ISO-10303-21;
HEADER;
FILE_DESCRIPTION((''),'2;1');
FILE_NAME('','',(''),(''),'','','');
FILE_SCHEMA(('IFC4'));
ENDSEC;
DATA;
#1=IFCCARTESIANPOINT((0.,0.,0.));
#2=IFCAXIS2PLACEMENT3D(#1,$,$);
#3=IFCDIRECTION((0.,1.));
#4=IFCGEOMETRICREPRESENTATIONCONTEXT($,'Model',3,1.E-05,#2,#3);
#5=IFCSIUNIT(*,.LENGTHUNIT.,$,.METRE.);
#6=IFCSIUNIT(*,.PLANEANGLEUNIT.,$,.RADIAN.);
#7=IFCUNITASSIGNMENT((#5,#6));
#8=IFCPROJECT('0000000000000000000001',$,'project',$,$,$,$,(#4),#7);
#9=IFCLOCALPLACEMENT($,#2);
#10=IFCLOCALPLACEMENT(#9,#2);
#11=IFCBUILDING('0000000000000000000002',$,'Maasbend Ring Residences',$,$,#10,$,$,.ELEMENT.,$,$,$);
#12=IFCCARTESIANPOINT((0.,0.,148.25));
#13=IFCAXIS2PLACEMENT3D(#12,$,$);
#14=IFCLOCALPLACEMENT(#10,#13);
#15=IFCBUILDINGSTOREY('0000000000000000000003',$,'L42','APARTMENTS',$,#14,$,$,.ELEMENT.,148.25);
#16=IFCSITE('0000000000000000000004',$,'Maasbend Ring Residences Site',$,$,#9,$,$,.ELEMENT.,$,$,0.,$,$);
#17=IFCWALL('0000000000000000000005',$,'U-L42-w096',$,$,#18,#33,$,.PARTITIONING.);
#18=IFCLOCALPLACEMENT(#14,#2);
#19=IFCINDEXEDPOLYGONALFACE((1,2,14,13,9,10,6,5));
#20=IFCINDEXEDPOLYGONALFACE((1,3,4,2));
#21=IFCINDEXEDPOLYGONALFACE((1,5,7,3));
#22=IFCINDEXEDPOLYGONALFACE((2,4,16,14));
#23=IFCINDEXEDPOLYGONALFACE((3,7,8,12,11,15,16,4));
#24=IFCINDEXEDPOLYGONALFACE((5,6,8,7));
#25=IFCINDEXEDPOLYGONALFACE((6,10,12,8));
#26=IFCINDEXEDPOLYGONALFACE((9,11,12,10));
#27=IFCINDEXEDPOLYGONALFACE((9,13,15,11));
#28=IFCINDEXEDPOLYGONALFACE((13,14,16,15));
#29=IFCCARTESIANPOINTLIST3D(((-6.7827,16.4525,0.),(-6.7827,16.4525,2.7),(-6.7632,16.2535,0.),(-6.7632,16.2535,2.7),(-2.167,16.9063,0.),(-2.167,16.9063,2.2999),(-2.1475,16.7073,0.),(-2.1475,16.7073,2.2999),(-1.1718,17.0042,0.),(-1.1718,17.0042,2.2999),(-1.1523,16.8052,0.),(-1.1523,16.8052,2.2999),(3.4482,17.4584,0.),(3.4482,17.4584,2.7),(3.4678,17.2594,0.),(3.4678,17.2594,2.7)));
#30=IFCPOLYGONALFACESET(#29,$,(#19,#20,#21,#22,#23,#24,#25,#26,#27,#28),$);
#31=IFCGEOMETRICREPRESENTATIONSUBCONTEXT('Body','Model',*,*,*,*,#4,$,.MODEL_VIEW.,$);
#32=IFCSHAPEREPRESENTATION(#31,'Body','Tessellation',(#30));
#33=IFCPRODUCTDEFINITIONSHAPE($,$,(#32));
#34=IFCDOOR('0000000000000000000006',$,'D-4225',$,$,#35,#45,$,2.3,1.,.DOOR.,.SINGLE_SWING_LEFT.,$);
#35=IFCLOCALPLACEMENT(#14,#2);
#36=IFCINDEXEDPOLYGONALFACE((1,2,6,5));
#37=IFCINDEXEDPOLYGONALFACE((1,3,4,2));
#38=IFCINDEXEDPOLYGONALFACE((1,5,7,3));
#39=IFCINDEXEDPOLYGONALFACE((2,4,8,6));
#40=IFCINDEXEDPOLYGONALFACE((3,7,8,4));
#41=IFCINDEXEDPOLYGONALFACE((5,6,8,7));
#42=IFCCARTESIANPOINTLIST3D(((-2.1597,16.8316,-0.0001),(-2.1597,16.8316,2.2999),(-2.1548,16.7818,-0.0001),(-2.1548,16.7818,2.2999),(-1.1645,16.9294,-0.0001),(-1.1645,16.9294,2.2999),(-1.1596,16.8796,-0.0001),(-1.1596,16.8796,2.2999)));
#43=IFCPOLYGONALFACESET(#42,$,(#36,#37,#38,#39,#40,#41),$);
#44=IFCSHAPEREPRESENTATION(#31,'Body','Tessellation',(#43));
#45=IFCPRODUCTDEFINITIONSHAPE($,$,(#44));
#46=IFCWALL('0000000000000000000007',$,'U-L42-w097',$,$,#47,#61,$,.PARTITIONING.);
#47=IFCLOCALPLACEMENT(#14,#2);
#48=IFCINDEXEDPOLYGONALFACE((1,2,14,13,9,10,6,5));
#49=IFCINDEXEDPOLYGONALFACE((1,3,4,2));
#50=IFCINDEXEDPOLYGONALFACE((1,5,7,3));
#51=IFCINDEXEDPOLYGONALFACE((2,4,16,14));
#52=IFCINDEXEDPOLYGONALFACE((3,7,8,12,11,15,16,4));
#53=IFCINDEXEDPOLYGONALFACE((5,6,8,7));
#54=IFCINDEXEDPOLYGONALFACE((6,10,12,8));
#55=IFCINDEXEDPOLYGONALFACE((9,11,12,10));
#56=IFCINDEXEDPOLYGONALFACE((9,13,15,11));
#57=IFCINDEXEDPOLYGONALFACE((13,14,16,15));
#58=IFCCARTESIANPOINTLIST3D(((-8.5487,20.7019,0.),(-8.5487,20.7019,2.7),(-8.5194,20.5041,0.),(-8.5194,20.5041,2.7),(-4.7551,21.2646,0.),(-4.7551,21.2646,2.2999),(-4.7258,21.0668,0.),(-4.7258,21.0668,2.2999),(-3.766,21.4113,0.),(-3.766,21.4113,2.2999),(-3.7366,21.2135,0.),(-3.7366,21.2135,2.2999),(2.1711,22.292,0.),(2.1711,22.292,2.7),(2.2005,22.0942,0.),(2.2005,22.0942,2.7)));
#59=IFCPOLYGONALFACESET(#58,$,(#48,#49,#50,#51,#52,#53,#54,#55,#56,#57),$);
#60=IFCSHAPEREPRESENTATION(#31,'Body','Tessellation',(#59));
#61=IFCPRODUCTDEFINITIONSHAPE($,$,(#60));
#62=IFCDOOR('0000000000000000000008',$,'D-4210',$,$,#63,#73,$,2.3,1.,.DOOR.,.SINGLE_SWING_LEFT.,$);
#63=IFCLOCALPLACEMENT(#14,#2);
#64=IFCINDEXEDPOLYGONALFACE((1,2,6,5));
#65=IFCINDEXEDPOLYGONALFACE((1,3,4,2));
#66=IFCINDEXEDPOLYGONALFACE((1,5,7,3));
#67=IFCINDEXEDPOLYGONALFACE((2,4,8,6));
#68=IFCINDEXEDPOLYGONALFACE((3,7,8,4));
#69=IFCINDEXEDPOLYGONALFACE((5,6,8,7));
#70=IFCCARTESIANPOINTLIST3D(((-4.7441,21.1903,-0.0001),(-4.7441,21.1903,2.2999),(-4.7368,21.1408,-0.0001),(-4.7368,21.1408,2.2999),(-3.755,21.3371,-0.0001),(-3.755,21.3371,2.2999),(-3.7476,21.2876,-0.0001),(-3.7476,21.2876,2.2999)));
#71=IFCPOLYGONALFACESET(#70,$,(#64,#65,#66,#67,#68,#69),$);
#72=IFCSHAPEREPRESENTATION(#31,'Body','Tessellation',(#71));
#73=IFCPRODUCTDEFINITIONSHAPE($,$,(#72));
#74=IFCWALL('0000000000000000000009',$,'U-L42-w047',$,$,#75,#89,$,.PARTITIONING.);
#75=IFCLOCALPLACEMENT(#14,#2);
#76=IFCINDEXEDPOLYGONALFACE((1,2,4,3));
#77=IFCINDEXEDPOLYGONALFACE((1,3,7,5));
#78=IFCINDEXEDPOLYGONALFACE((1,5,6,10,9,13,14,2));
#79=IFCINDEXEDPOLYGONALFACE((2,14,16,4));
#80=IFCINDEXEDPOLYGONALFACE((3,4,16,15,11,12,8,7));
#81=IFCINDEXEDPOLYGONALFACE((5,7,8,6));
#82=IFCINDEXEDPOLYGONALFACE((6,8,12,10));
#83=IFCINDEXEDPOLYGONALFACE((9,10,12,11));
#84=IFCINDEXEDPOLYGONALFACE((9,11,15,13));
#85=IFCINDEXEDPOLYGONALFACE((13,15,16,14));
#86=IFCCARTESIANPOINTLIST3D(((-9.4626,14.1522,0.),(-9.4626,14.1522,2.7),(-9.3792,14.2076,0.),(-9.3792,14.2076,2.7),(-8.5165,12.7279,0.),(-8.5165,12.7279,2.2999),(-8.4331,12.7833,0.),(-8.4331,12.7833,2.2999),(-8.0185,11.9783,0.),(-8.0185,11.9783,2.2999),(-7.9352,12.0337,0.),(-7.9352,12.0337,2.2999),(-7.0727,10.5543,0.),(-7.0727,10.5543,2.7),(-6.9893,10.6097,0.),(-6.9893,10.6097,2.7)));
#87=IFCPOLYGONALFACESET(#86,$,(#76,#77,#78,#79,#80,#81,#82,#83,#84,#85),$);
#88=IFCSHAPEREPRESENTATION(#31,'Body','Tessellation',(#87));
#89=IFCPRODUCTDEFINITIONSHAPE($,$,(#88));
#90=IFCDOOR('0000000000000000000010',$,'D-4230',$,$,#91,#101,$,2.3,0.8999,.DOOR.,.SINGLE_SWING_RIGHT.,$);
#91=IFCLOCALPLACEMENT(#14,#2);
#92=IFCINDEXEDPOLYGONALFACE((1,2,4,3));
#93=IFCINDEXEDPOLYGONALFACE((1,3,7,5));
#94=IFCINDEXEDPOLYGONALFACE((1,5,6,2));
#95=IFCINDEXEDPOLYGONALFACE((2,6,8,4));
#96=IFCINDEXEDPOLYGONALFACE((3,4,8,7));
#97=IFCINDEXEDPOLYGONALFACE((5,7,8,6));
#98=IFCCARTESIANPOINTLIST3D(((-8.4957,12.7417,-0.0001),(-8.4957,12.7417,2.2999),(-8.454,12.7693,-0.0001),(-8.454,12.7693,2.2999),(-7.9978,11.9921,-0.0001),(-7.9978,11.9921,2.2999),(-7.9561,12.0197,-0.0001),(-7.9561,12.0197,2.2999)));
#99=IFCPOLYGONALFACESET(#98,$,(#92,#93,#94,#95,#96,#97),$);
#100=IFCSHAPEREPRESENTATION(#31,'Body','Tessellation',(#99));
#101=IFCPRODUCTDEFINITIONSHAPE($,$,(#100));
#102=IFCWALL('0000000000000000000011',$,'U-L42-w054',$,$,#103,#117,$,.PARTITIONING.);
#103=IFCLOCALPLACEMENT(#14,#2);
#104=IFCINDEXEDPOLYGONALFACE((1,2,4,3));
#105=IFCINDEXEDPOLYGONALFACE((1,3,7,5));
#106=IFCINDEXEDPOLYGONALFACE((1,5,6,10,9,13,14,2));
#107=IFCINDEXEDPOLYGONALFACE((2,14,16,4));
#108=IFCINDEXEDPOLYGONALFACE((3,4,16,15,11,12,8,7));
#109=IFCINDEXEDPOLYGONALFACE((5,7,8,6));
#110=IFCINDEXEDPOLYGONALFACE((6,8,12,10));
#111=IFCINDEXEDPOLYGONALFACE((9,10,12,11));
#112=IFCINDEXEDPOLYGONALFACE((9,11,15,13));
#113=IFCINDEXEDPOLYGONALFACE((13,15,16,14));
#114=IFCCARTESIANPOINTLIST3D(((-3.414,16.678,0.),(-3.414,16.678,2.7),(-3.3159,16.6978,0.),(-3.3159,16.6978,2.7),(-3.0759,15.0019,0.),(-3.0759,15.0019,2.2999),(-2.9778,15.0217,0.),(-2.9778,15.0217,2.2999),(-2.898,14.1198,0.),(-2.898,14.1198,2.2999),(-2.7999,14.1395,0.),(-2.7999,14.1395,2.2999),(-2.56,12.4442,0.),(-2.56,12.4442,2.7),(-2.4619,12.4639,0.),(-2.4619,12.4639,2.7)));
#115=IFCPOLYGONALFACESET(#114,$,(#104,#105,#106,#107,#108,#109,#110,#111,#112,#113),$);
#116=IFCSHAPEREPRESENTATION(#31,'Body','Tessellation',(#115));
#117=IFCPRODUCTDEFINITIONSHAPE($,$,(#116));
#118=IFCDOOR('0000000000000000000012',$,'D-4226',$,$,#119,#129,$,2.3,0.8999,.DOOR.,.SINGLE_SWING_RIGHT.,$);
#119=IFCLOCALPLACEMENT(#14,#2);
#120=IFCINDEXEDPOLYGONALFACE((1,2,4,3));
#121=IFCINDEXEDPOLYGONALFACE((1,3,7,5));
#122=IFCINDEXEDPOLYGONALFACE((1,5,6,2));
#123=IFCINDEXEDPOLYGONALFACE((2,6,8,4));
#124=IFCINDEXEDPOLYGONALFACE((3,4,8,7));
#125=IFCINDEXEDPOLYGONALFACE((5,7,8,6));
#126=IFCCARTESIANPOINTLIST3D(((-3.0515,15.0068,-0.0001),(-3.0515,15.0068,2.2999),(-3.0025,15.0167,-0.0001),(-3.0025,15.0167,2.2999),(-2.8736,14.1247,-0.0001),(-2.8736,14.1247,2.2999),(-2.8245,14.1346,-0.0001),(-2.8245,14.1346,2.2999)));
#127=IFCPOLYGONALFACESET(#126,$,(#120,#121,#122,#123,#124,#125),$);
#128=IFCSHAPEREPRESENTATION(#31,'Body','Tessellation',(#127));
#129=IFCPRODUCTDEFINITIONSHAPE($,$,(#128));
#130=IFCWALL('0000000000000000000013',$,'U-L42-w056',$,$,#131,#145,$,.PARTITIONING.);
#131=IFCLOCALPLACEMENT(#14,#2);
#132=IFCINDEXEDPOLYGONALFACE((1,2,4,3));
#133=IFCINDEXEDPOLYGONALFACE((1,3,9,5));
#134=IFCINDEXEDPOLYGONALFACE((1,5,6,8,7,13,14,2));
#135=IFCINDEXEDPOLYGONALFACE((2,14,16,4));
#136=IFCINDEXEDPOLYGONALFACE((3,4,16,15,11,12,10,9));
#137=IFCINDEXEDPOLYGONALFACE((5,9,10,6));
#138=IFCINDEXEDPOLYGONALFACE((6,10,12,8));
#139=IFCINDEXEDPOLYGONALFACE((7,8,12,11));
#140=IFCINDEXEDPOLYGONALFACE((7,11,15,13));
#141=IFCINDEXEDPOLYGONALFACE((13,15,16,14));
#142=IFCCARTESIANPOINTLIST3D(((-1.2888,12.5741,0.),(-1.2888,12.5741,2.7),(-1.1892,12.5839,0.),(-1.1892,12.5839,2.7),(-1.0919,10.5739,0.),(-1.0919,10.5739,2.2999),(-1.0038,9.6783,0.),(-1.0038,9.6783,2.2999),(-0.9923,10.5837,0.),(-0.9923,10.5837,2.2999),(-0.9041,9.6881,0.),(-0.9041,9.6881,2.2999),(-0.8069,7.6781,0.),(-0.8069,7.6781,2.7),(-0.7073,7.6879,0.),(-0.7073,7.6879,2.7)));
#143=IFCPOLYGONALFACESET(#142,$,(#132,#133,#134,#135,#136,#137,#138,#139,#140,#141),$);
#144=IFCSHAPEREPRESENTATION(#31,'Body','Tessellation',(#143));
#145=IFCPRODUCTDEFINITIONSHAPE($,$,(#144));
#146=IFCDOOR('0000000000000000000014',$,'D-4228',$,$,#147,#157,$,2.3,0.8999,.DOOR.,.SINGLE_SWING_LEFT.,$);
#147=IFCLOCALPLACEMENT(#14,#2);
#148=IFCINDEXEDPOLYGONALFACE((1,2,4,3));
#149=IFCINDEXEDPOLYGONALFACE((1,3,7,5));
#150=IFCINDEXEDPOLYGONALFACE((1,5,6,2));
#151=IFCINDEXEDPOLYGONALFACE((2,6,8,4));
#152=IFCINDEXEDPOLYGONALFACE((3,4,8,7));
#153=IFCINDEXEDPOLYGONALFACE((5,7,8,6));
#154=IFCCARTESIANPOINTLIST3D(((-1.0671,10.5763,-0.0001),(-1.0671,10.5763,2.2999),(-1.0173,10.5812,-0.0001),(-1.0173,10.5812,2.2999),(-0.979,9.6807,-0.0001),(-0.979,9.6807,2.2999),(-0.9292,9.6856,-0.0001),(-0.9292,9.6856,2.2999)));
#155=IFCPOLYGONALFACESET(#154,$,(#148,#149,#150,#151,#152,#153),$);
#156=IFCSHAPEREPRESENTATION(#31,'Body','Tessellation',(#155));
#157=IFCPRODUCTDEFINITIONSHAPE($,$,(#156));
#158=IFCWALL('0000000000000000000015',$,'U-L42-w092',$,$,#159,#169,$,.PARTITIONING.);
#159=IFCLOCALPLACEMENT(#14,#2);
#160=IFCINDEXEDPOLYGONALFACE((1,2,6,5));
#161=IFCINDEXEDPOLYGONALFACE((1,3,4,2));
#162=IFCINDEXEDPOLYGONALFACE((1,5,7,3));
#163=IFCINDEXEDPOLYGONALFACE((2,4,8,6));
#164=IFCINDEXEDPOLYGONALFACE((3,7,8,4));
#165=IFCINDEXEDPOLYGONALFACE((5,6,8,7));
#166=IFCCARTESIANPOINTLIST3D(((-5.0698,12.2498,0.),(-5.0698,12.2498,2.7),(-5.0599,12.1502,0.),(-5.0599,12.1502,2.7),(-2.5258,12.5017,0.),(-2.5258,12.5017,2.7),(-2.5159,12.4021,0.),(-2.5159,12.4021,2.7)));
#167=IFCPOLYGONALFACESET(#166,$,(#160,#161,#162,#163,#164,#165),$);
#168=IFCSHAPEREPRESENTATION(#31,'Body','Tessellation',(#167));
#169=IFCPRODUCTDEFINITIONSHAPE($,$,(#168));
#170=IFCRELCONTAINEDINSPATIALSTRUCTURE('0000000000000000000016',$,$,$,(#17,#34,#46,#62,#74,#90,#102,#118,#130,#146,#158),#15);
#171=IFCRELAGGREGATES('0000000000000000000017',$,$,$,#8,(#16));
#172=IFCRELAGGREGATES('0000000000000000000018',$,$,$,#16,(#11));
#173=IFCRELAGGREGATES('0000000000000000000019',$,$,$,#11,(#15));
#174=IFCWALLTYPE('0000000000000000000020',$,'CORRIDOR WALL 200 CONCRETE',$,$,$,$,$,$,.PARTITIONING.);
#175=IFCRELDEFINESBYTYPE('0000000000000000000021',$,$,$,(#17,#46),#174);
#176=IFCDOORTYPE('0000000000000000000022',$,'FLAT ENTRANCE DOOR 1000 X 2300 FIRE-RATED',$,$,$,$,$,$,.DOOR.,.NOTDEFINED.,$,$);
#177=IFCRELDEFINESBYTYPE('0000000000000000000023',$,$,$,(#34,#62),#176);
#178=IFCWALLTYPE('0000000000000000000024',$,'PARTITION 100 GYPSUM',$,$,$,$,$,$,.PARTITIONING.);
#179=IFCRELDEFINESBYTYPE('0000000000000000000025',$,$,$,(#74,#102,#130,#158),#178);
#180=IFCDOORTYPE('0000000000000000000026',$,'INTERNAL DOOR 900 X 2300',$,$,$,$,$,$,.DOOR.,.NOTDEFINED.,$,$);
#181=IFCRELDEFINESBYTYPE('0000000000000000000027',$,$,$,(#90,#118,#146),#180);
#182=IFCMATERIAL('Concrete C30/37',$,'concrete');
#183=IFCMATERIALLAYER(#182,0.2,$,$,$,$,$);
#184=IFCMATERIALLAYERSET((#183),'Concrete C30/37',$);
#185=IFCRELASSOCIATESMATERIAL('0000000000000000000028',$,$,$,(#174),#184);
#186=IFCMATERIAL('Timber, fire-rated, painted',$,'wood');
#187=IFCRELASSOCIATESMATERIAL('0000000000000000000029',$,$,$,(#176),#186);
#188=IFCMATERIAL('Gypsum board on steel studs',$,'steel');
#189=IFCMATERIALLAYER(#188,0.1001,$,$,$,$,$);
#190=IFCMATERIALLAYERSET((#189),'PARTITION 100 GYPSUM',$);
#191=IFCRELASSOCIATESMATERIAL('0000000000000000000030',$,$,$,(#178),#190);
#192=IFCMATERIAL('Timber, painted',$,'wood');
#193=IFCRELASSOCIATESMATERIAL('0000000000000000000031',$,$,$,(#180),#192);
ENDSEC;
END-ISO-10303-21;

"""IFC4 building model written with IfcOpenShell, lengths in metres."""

from ifc_helpers import new_model, si_unit, direction, frame, frame_2d, origin, place, context, subcontext, project, spatial, rectangle, extrude, material, layer, layer_set, type_object, element, fill, save


model = new_model("IFC4")

# Units and contexts
model_context = context("Model", 3, precision=1e-05, world=origin(), true_north=direction((0.0, 1.0)))
body_context = subcontext(model_context, "Body", "Model", "MODEL_VIEW")
ifc_project = project(units=[si_unit("LENGTHUNIT", "METRE"), si_unit("PLANEANGLEUNIT", "RADIAN")], contexts=[model_context])

# Site, building, storey
site_placement = place(None, origin())
site = spatial("IfcSite", under=ifc_project, at=site_placement, Name="Maasbend Ring Residences Site", CompositionType="ELEMENT", RefElevation=0.0)
building_placement = place(site_placement, origin())
building = spatial("IfcBuilding", under=site, at=building_placement, Name="Maasbend Ring Residences", CompositionType="ELEMENT")
storey_placement = place(building_placement, frame((0.0, 0.0, 148.25)))
storey = spatial("IfcBuildingStorey", under=building, at=storey_placement, Name="L42", Description="APARTMENTS", CompositionType="ELEMENT", Elevation=148.25)

# Walls, openings, doors
ifc_material_1 = material(Name="Concrete C30/37", Category="concrete")
ifc_layer_1 = layer(ifc_material_1, 0.2)
ifc_layer_set_1 = layer_set([ifc_layer_1], Name="Concrete C30/37")
wall_type_1 = type_object("IfcWallType", Name="CORRIDOR WALL 200 CONCRETE", PredefinedType="PARTITIONING", material=ifc_layer_set_1)
wall_1_placement = place(storey_placement, frame((-6.7729, 16.353, 0.0), z_axis=(0.0, 0.0, 1.0), x_axis=(0.995202, 0.097844, 0.0)))
wall_1 = element("IfcWall", 1, at=wall_1_placement, inside=storey, type_object=wall_type_1, Name="U-L42-w096", PredefinedType="PARTITIONING", context=body_context, shape_type="SweptSolid", body=[
    extrude(rectangle(XDim=10.2803, YDim=0.2, at=frame_2d((5.1401, 0.0))), origin(), (0.0, 0.0, 1.0), 2.7),
])
opening_1_placement = place(wall_1_placement, frame((4.6379, 0.0, 0.0)))
opening_1 = element("IfcOpeningElement", 2, at=opening_1_placement, cuts=wall_1, PredefinedType="OPENING", context=body_context, shape_type="SweptSolid", body=[
    extrude(rectangle(XDim=1.0, YDim=2.3, at=frame_2d((0.5, 1.1499))), frame((0.0, 0.1099, 0.0), z_axis=(0.0, -1.0, 0.0), x_axis=(1.0, 0.0, 0.0)), (0.0, 0.0, 1.0), 0.22),
])
ifc_material_2 = material(Name="Timber, fire-rated, painted", Category="wood")
door_type_1 = type_object("IfcDoorType", Name="FLAT ENTRANCE DOOR 1000 X 2300 FIRE-RATED", OperationType="NOTDEFINED", PredefinedType="DOOR", material=ifc_material_2)
door_1_placement = place(opening_1_placement, origin())
door_1 = element("IfcDoor", 3, at=door_1_placement, inside=storey, type_object=door_type_1, Name="D-4225", OperationType="SINGLE_SWING_LEFT", OverallHeight=2.3, OverallWidth=1.0, PredefinedType="DOOR", context=body_context, shape_type="SweptSolid", body=[
    extrude(rectangle(XDim=1.0, YDim=2.3, at=frame_2d((0.5, 1.1499))), frame((0.0, 0.0249, 0.0), z_axis=(0.0, -1.0, 0.0), x_axis=(1.0, 0.0, 0.0)), (0.0, 0.0, 1.0), 0.05),
])
fill(opening_1, door_1)
wall_2_placement = place(storey_placement, frame((-8.5339, 20.603, 0.0), z_axis=(0.0, 0.0, 1.0), x_axis=(0.989177, 0.146724, 0.0)))
wall_2 = element("IfcWall", 4, at=wall_2_placement, inside=storey, type_object=wall_type_1, Name="U-L42-w097", PredefinedType="PARTITIONING", context=body_context, shape_type="SweptSolid", body=[
    extrude(rectangle(XDim=10.8372, YDim=0.2, at=frame_2d((5.4185, 0.0))), origin(), (0.0, 0.0, 1.0), 2.7),
])
opening_2_placement = place(wall_2_placement, frame((3.835, 0.0, 0.0)))
opening_2 = element("IfcOpeningElement", 5, at=opening_2_placement, cuts=wall_2, PredefinedType="OPENING", context=body_context, shape_type="SweptSolid", body=[
    extrude(rectangle(XDim=1.0, YDim=2.3, at=frame_2d((0.5, 1.1499))), frame((0.0, 0.1099, 0.0), z_axis=(0.0, -1.0, 0.0), x_axis=(1.0, 0.0, 0.0)), (0.0, 0.0, 1.0), 0.22),
])
door_2_placement = place(opening_2_placement, origin())
door_2 = element("IfcDoor", 6, at=door_2_placement, inside=storey, type_object=door_type_1, Name="D-4210", OperationType="SINGLE_SWING_LEFT", OverallHeight=2.3, OverallWidth=1.0, PredefinedType="DOOR", context=body_context, shape_type="SweptSolid", body=[
    extrude(rectangle(XDim=1.0, YDim=2.3, at=frame_2d((0.5, 1.1499))), frame((0.0, 0.0249, 0.0), z_axis=(0.0, -1.0, 0.0), x_axis=(1.0, 0.0, 0.0)), (0.0, 0.0, 1.0), 0.05),
])
fill(opening_2, door_2)
ifc_material_3 = material(Name="Gypsum board on steel studs", Category="steel")
ifc_layer_2 = layer(ifc_material_3, 0.1001)
ifc_layer_set_2 = layer_set([ifc_layer_2], Name="PARTITION 100 GYPSUM")
wall_type_2 = type_object("IfcWallType", Name="PARTITION 100 GYPSUM", PredefinedType="PARTITIONING", material=ifc_layer_set_2)
wall_3_placement = place(storey_placement, frame((-9.4209, 14.1799, 0.0), z_axis=(0.0, 0.0, 1.0), x_axis=(0.553304, -0.83298, 0.0)))
wall_3 = element("IfcWall", 7, at=wall_3_placement, inside=storey, type_object=wall_type_2, Name="U-L42-w047", PredefinedType="PARTITIONING", context=body_context, shape_type="SweptSolid", body=[
    extrude(rectangle(XDim=4.3193, YDim=0.1001, at=frame_2d((2.1597, 0.0))), origin(), (0.0, 0.0, 1.0), 2.7),
])
opening_3_placement = place(wall_3_placement, frame((1.71, 0.0, 0.0)))
opening_3 = element("IfcOpeningElement", 8, at=opening_3_placement, cuts=wall_3, PredefinedType="OPENING", context=body_context, shape_type="SweptSolid", body=[
    extrude(rectangle(XDim=0.8999, YDim=2.3, at=frame_2d((0.45, 1.1499))), frame((0.0, 0.0601, 0.0), z_axis=(0.0, -1.0, 0.0), x_axis=(1.0, 0.0, 0.0)), (0.0, 0.0, 1.0), 0.1201),
])
ifc_material_4 = material(Name="Timber, painted", Category="wood")
door_type_2 = type_object("IfcDoorType", Name="INTERNAL DOOR 900 X 2300", OperationType="NOTDEFINED", PredefinedType="DOOR", material=ifc_material_4)
door_3_placement = place(opening_3_placement, origin())
door_3 = element("IfcDoor", 9, at=door_3_placement, inside=storey, type_object=door_type_2, Name="D-4230", OperationType="SINGLE_SWING_RIGHT", OverallHeight=2.3, OverallWidth=0.8999, PredefinedType="DOOR", context=body_context, shape_type="SweptSolid", body=[
    extrude(rectangle(XDim=0.8999, YDim=2.3, at=frame_2d((0.45, 1.1499))), frame((0.0, 0.0249, 0.0), z_axis=(0.0, -1.0, 0.0), x_axis=(1.0, 0.0, 0.0)), (0.0, 0.0, 1.0), 0.05),
])
fill(opening_3, door_3)
wall_4_placement = place(storey_placement, frame((-3.365, 16.688, 0.0), z_axis=(0.0, 0.0, 1.0), x_axis=(0.197725, -0.980258, 0.0)))
wall_4 = element("IfcWall", 10, at=wall_4_placement, inside=storey, type_object=wall_type_2, Name="U-L42-w054", PredefinedType="PARTITIONING", context=body_context, shape_type="SweptSolid", body=[
    extrude(rectangle(XDim=4.3191, YDim=0.1001, at=frame_2d((2.1597, 0.0))), origin(), (0.0, 0.0, 1.0), 2.7),
])
opening_4_placement = place(wall_4_placement, frame((1.71, 0.0, 0.0)))
opening_4 = element("IfcOpeningElement", 11, at=opening_4_placement, cuts=wall_4, PredefinedType="OPENING", context=body_context, shape_type="SweptSolid", body=[
    extrude(rectangle(XDim=0.8999, YDim=2.3, at=frame_2d((0.45, 1.1499))), frame((0.0, 0.0601, 0.0), z_axis=(0.0, -1.0, 0.0), x_axis=(1.0, 0.0, 0.0)), (0.0, 0.0, 1.0), 0.1201),
])
door_4_placement = place(opening_4_placement, origin())
door_4 = element("IfcDoor", 12, at=door_4_placement, inside=storey, type_object=door_type_2, Name="D-4226", OperationType="SINGLE_SWING_RIGHT", OverallHeight=2.3, OverallWidth=0.8999, PredefinedType="DOOR", context=body_context, shape_type="SweptSolid", body=[
    extrude(rectangle(XDim=0.8999, YDim=2.3, at=frame_2d((0.45, 1.1499))), frame((0.0, 0.0249, 0.0), z_axis=(0.0, -1.0, 0.0), x_axis=(1.0, 0.0, 0.0)), (0.0, 0.0, 1.0), 0.05),
])
fill(opening_4, door_4)
wall_5_placement = place(storey_placement, frame((-1.239, 12.5791, 0.0), z_axis=(0.0, 0.0, 1.0), x_axis=(0.097961, -0.99519, 0.0)))
wall_5 = element("IfcWall", 13, at=wall_5_placement, inside=storey, type_object=wall_type_2, Name="U-L42-w056", PredefinedType="PARTITIONING", context=body_context, shape_type="SweptSolid", body=[
    extrude(rectangle(XDim=4.9197, YDim=0.1001, at=frame_2d((2.46, 0.0))), origin(), (0.0, 0.0, 1.0), 2.7),
])
opening_5_placement = place(wall_5_placement, frame((2.01, 0.0, 0.0)))
opening_5 = element("IfcOpeningElement", 14, at=opening_5_placement, cuts=wall_5, PredefinedType="OPENING", context=body_context, shape_type="SweptSolid", body=[
    extrude(rectangle(XDim=0.8999, YDim=2.3, at=frame_2d((0.45, 1.1499))), frame((0.0, 0.0601, 0.0), z_axis=(0.0, -1.0, 0.0), x_axis=(1.0, 0.0, 0.0)), (0.0, 0.0, 1.0), 0.1201),
])
door_5_placement = place(opening_5_placement, origin())
door_5 = element("IfcDoor", 15, at=door_5_placement, inside=storey, type_object=door_type_2, Name="D-4228", OperationType="SINGLE_SWING_LEFT", OverallHeight=2.3, OverallWidth=0.8999, PredefinedType="DOOR", context=body_context, shape_type="SweptSolid", body=[
    extrude(rectangle(XDim=0.8999, YDim=2.3, at=frame_2d((0.45, 1.1499))), frame((0.0, 0.0249, 0.0), z_axis=(0.0, -1.0, 0.0), x_axis=(1.0, 0.0, 0.0)), (0.0, 0.0, 1.0), 0.05),
])
fill(opening_5, door_5)

# Wall
wall_6_placement = place(storey_placement, frame((-5.0649, 12.2, 0.0), z_axis=(0.0, 0.0, 1.0), x_axis=(0.995131, 0.098558, 0.0)))
element("IfcWall", 16, at=wall_6_placement, inside=storey, type_object=wall_type_2, Name="U-L42-w092", PredefinedType="PARTITIONING", context=body_context, shape_type="SweptSolid", body=[
    extrude(rectangle(XDim=2.5564, YDim=0.1001, at=frame_2d((1.2783, 0.0))), origin(), (0.0, 0.0, 1.0), 2.7),
])

save(model, "model.ifc")
